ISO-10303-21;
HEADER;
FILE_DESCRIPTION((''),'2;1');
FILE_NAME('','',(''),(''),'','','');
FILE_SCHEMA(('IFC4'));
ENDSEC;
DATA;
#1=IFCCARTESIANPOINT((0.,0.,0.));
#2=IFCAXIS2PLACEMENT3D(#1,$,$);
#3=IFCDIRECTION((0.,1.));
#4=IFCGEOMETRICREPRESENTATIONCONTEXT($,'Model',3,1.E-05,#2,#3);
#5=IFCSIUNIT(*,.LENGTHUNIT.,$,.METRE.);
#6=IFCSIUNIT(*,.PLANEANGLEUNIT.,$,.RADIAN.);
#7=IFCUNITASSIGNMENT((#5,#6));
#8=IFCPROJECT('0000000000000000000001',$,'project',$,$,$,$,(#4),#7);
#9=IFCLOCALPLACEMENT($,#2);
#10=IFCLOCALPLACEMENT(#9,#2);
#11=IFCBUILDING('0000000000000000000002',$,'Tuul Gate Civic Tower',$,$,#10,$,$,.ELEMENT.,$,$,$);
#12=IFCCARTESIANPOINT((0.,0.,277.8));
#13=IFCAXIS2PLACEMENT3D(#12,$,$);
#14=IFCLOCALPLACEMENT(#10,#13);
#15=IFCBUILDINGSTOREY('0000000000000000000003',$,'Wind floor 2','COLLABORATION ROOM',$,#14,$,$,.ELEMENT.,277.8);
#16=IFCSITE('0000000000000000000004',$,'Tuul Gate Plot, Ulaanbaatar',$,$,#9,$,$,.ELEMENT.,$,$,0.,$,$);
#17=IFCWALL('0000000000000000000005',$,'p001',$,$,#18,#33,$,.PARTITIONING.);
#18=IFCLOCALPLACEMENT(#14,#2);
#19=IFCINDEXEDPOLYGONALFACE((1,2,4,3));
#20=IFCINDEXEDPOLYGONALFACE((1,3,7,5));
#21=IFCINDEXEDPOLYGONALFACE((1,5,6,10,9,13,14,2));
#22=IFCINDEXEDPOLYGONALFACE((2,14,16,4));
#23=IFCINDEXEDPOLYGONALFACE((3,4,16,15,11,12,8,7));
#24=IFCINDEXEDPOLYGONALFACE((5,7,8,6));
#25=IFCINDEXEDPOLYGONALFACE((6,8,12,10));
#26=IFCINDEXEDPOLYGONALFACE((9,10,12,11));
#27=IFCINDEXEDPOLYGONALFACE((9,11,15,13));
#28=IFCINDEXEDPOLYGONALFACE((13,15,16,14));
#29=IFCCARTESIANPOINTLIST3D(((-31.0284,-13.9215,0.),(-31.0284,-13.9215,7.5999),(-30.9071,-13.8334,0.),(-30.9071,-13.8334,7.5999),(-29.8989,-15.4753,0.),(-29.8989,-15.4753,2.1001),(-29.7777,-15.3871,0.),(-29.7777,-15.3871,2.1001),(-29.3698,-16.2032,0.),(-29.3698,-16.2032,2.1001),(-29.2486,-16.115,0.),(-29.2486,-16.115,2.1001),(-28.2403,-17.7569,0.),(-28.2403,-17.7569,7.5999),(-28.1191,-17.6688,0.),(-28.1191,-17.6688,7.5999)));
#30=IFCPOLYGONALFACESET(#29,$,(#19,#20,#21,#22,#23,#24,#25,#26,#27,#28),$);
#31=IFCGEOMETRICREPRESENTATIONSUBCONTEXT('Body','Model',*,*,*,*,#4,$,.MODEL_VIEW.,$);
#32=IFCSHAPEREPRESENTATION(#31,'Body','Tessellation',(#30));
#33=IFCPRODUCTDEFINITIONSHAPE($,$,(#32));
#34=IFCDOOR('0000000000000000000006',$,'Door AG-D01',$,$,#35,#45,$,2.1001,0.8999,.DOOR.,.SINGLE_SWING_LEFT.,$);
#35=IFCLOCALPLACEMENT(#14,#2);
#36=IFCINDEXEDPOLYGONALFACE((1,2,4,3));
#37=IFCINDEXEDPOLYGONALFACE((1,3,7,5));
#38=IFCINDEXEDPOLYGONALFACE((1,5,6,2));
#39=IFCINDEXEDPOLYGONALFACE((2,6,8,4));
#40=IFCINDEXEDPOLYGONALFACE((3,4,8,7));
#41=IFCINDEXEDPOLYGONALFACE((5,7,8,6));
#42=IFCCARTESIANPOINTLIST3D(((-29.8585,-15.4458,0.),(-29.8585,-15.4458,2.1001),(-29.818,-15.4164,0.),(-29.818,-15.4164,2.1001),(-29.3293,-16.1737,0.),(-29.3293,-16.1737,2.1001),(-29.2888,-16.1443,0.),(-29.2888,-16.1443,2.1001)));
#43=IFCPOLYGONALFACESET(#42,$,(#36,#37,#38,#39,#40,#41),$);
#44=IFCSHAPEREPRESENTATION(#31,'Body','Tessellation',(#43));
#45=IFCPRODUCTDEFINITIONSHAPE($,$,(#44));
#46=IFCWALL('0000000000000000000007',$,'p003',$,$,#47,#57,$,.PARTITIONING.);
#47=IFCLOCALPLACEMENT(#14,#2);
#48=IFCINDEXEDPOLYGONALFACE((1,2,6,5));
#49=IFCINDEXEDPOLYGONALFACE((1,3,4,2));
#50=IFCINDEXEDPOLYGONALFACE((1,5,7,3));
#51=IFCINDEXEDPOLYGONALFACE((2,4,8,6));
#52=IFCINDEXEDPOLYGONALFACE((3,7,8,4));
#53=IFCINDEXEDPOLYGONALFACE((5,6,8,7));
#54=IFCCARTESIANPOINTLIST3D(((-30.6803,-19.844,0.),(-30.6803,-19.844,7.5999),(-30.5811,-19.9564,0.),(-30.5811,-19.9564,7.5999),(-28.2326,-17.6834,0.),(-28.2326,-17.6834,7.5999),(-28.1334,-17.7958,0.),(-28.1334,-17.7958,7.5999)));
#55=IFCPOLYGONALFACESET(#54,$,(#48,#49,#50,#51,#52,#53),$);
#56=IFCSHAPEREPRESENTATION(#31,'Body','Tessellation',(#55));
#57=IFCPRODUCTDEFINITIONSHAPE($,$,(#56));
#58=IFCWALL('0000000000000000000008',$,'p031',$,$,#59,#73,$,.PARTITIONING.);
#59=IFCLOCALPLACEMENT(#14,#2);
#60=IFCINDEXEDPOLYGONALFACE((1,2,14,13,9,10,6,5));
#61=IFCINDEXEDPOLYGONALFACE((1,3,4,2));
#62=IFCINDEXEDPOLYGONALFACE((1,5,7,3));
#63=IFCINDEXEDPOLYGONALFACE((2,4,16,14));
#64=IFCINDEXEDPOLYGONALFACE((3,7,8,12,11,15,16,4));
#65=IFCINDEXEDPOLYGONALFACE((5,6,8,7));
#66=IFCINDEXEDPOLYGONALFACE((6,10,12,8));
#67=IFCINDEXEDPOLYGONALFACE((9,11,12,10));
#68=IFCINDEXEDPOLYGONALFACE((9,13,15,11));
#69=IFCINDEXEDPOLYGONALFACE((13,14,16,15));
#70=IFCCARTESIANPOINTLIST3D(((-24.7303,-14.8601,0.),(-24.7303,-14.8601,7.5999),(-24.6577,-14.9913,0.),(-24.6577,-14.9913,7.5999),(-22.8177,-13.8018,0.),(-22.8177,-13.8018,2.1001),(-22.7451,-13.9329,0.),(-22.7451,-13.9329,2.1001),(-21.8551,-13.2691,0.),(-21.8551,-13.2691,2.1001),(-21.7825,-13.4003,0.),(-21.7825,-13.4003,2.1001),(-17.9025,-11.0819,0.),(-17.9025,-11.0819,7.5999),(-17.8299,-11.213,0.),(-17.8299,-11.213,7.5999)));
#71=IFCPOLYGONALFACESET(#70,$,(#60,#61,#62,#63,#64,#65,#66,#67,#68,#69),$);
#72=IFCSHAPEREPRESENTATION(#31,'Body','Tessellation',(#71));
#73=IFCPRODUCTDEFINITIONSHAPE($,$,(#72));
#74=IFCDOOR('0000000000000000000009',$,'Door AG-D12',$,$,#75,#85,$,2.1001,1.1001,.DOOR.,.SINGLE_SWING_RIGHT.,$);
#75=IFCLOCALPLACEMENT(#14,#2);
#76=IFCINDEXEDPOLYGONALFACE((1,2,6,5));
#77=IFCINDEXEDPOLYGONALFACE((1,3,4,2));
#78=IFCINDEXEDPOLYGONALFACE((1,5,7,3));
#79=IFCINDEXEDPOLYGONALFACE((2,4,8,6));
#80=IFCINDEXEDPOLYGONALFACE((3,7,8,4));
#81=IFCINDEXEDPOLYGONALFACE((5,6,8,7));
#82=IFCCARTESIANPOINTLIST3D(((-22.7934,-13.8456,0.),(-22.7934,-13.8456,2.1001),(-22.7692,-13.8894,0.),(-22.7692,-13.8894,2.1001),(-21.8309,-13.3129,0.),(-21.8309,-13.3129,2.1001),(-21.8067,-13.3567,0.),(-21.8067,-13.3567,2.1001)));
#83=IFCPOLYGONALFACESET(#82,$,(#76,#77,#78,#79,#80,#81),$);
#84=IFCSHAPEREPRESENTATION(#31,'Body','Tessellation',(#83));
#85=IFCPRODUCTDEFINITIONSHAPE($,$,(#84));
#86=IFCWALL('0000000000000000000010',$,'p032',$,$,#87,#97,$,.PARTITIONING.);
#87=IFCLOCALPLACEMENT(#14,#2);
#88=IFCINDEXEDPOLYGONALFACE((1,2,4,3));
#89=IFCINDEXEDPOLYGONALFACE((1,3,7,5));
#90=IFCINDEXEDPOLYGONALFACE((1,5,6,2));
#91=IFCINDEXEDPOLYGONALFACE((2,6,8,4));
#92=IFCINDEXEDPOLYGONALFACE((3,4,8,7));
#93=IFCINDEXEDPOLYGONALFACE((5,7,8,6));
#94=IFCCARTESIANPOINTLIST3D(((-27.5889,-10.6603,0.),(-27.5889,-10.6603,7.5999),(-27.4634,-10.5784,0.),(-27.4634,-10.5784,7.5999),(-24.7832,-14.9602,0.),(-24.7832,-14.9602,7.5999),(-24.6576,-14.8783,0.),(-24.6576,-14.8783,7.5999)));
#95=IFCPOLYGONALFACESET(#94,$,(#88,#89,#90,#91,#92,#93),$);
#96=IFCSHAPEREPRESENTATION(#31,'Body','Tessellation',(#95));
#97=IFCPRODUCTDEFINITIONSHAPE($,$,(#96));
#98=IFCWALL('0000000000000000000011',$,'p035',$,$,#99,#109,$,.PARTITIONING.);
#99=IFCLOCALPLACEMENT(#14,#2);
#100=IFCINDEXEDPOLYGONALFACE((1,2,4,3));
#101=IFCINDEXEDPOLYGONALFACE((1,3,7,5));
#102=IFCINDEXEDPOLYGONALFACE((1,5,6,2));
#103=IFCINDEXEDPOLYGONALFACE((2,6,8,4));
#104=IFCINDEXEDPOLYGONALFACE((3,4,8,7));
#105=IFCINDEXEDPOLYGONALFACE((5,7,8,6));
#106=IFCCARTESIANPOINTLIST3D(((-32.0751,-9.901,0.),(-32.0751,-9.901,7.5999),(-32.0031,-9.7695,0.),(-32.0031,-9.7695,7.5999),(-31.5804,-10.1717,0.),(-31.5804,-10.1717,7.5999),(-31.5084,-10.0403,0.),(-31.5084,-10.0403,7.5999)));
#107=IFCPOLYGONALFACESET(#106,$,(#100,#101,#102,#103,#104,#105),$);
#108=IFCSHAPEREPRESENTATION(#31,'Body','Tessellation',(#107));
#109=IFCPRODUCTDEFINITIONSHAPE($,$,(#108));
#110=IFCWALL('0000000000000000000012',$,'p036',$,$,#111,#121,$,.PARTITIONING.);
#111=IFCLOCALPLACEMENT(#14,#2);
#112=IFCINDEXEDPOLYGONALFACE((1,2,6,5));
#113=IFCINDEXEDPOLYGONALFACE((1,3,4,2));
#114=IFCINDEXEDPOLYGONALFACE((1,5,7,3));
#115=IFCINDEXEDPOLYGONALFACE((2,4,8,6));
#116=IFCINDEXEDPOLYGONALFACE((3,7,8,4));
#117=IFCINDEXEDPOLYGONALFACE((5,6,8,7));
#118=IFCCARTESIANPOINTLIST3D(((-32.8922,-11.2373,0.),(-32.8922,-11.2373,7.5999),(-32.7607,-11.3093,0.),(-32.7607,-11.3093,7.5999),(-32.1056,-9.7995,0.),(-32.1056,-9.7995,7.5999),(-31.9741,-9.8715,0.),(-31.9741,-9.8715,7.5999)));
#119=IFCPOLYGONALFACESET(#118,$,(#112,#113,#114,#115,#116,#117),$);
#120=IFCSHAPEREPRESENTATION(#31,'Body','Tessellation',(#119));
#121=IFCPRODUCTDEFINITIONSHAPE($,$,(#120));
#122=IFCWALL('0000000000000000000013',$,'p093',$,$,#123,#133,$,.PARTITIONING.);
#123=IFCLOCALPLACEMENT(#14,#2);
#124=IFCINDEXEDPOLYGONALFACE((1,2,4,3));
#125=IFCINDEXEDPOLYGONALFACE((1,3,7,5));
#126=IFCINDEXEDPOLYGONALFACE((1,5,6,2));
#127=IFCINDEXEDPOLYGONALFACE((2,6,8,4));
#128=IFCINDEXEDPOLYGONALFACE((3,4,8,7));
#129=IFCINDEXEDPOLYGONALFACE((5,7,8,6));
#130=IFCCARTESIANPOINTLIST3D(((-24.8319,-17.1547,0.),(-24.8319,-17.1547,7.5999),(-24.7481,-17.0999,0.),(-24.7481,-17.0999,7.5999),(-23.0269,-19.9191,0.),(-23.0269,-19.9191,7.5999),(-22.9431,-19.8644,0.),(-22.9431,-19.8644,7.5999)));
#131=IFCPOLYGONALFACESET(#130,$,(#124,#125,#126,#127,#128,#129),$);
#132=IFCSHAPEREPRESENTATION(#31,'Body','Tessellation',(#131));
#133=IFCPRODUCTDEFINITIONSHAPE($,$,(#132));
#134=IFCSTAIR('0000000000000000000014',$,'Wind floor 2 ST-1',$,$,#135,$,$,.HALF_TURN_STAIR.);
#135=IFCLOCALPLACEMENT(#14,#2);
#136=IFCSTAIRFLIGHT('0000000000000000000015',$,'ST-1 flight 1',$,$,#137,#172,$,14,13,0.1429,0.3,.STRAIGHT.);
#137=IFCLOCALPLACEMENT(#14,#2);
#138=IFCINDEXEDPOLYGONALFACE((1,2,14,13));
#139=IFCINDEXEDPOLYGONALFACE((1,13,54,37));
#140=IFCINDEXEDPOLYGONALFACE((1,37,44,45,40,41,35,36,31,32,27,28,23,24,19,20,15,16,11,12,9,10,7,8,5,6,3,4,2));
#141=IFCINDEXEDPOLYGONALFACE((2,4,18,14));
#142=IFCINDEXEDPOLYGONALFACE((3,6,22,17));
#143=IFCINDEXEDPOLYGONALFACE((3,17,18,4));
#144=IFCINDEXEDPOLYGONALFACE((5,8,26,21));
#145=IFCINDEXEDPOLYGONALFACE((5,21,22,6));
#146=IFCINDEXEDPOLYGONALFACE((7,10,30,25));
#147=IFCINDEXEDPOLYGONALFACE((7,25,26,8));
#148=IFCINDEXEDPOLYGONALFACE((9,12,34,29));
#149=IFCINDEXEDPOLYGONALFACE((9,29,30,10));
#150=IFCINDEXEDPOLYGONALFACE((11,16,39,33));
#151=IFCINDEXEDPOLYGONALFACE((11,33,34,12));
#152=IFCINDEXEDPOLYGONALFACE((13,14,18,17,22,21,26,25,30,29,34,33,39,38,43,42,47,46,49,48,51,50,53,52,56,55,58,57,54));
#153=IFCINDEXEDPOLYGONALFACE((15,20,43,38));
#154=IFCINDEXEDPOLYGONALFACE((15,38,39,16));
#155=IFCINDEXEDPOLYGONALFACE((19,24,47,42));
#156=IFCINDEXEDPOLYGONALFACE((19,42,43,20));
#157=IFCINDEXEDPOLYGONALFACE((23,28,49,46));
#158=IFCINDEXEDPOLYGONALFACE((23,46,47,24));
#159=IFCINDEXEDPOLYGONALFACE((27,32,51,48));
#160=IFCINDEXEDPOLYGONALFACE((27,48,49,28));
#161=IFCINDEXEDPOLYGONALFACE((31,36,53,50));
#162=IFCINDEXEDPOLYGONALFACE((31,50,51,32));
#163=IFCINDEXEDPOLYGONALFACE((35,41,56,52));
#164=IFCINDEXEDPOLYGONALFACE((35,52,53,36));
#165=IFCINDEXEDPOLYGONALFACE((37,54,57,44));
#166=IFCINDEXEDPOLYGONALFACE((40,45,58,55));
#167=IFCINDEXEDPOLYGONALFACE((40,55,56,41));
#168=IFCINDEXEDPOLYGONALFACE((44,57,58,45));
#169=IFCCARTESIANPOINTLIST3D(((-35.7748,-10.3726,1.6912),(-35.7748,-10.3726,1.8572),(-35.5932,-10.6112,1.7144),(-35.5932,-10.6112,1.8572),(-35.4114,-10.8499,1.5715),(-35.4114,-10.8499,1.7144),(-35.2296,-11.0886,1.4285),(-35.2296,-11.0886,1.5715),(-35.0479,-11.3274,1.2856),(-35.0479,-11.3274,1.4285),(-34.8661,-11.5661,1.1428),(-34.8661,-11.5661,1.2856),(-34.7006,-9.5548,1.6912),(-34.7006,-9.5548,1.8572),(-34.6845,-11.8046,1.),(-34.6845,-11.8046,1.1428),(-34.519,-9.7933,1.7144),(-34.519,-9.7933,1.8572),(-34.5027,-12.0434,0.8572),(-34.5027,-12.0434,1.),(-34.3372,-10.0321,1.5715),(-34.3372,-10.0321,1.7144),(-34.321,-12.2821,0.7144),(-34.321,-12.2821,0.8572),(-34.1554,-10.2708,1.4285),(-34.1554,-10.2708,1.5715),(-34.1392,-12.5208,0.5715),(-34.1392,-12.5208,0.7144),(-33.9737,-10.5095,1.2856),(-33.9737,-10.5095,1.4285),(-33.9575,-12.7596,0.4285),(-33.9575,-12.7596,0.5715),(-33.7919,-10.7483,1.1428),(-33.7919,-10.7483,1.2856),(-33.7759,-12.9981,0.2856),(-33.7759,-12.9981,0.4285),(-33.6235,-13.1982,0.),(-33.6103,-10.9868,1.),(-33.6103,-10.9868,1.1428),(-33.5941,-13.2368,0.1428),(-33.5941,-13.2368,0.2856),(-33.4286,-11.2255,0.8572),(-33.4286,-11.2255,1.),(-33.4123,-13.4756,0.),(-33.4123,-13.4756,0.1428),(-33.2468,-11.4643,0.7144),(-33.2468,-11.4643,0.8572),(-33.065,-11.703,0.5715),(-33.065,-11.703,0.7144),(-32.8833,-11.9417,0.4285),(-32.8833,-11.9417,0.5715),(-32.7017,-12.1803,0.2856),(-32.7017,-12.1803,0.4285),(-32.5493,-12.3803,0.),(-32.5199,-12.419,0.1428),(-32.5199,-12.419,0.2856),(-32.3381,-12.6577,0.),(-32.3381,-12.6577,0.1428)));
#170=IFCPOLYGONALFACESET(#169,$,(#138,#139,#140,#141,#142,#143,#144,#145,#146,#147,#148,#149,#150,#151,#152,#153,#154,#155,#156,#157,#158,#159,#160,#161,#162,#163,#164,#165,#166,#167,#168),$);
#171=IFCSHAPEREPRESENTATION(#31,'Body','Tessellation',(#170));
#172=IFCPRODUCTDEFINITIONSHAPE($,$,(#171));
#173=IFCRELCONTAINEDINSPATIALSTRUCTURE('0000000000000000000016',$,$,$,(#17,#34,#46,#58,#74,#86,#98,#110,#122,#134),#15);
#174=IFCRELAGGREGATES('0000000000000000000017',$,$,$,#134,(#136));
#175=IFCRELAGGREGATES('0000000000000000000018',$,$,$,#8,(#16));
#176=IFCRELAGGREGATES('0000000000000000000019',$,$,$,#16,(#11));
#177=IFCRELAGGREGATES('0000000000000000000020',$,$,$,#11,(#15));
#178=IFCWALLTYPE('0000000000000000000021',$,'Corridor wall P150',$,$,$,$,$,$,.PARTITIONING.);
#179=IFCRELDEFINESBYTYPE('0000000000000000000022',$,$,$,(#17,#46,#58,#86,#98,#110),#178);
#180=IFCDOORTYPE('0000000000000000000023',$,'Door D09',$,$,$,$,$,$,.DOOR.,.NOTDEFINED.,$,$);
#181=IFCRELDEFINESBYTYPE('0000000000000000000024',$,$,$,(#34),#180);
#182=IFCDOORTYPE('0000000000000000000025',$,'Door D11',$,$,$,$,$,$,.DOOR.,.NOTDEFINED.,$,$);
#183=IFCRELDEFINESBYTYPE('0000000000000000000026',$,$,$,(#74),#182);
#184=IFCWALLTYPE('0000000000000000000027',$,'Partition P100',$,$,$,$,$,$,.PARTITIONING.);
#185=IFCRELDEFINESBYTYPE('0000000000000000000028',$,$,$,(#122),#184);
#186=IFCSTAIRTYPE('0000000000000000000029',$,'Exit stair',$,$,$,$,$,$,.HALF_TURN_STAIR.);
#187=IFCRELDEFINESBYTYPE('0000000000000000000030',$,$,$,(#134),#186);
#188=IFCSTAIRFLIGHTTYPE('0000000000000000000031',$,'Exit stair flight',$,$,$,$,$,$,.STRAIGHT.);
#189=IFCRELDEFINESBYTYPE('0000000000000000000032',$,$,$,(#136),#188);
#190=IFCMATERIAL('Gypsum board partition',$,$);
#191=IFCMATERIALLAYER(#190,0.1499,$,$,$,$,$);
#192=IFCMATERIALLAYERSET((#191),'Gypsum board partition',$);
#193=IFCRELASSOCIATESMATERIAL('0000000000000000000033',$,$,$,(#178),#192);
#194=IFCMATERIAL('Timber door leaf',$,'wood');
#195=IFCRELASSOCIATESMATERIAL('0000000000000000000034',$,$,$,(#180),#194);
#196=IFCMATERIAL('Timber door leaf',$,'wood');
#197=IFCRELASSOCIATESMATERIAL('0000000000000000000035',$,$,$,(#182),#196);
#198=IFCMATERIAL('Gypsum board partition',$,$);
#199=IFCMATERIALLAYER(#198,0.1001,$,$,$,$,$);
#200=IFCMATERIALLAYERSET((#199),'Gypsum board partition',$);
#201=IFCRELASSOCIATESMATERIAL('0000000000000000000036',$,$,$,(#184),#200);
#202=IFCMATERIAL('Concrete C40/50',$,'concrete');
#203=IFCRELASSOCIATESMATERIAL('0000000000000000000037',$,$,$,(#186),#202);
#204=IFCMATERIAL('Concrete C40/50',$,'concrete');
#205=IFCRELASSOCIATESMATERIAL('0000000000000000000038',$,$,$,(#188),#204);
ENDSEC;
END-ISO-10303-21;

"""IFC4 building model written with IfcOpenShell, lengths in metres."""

from ifc_helpers import new_model, si_unit, direction, frame, frame_2d, origin, place, context, subcontext, project, spatial, polyline, rectangle, outline, extrude, material, layer, layer_set, type_object, element, fill, aggregate, save


model = new_model("IFC4")

# Units and contexts
model_context = context("Model", 3, precision=1e-05, world=origin(), true_north=direction((0.0, 1.0)))
body_context = subcontext(model_context, "Body", "Model", "MODEL_VIEW")
ifc_project = project(units=[si_unit("LENGTHUNIT", "METRE"), si_unit("PLANEANGLEUNIT", "RADIAN")], contexts=[model_context])

# Site, building, storey
site_placement = place(None, origin())
site = spatial("IfcSite", under=ifc_project, at=site_placement, Name="Tuul Gate Plot, Ulaanbaatar", CompositionType="ELEMENT", RefElevation=0.0)
building_placement = place(site_placement, origin())
building = spatial("IfcBuilding", under=site, at=building_placement, Name="Tuul Gate Civic Tower", CompositionType="ELEMENT")
storey_placement = place(building_placement, frame((0.0, 0.0, 277.8)))
storey = spatial("IfcBuildingStorey", under=building, at=storey_placement, Name="Wind floor 2", Description="COLLABORATION ROOM", CompositionType="ELEMENT", Elevation=277.8)

# Wall, opening, door
ifc_material_1 = material(Name="Gypsum board partition")
ifc_layer_1 = layer(ifc_material_1, 0.1499)
ifc_layer_set_1 = layer_set([ifc_layer_1], Name="Gypsum board partition")
wall_type_1 = type_object("IfcWallType", Name="Corridor wall P150", PredefinedType="PARTITIONING", material=ifc_layer_set_1)
wall_1_placement = place(storey_placement, frame((-30.9678, -13.8774, 0.0), z_axis=(0.0, 0.0, 1.0), x_axis=(0.587988, -0.80887, 0.0)))
wall_1 = element("IfcWall", 1, at=wall_1_placement, inside=storey, type_object=wall_type_1, Name="p001", PredefinedType="PARTITIONING", context=body_context, shape_type="SweptSolid", body=[
    extrude(rectangle(XDim=4.7417, YDim=0.1499, at=frame_2d((2.3708, 0.0))), origin(), (0.0, 0.0, 1.0), 7.5999),
])
opening_1_placement = place(wall_1_placement, frame((1.9209, 0.0, 0.0)))
opening_1 = element("IfcOpeningElement", 2, at=opening_1_placement, cuts=wall_1, PredefinedType="OPENING", context=body_context, shape_type="SweptSolid", body=[
    extrude(rectangle(XDim=0.8999, YDim=2.1001, at=frame_2d((0.45, 1.05))), frame((0.0, 0.085, 0.0), z_axis=(0.0, -1.0, 0.0), x_axis=(1.0, 0.0, 0.0)), (0.0, 0.0, 1.0), 0.1699),
])
ifc_material_2 = material(Name="Timber door leaf", Category="wood")
door_type_1 = type_object("IfcDoorType", Name="Door D09", OperationType="NOTDEFINED", PredefinedType="DOOR", material=ifc_material_2)
door_1_placement = place(opening_1_placement, frame((0.8999, 0.0, 0.0), z_axis=(0.0, 0.0, 1.0), x_axis=(-1.0, 0.0, 0.0)))
door_1 = element("IfcDoor", 3, at=door_1_placement, inside=storey, type_object=door_type_1, Name="Door AG-D01", OperationType="SINGLE_SWING_LEFT", OverallHeight=2.1001, OverallWidth=0.8999, PredefinedType="DOOR", context=body_context, shape_type="SweptSolid", body=[
    extrude(rectangle(XDim=0.8999, YDim=2.1001, at=frame_2d((0.45, 1.05))), frame((0.0, 0.0249, 0.0), z_axis=(0.0, -1.0, 0.0), x_axis=(1.0, 0.0, 0.0)), (0.0, 0.0, 1.0), 0.05),
])
fill(opening_1, door_1)

# Wall
wall_2_placement = place(storey_placement, frame((-30.6306, -19.9001, 0.0), z_axis=(0.0, 0.0, 1.0), x_axis=(0.749707, 0.66177, 0.0)))
element("IfcWall", 4, at=wall_2_placement, inside=storey, type_object=wall_type_1, Name="p003", PredefinedType="PARTITIONING", context=body_context, shape_type="SweptSolid", body=[
    extrude(rectangle(XDim=3.2649, YDim=0.1499, at=frame_2d((1.6323, 0.0))), origin(), (0.0, 0.0, 1.0), 7.5999),
])

# Wall, opening, door
wall_3_placement = place(storey_placement, frame((-24.6941, -14.9258, 0.0), z_axis=(0.0, 0.0, 1.0), x_axis=(0.874969, 0.484179, 0.0)))
wall_3 = element("IfcWall", 5, at=wall_3_placement, inside=storey, type_object=wall_type_1, Name="p031", PredefinedType="PARTITIONING", context=body_context, shape_type="SweptSolid", body=[
    extrude(rectangle(XDim=7.8035, YDim=0.1499, at=frame_2d((3.9019, 0.0))), origin(), (0.0, 0.0, 1.0), 7.5999),
])
opening_2_placement = place(wall_3_placement, frame((2.186, 0.0, 0.0)))
opening_2 = element("IfcOpeningElement", 6, at=opening_2_placement, cuts=wall_3, PredefinedType="OPENING", context=body_context, shape_type="SweptSolid", body=[
    extrude(rectangle(XDim=1.1001, YDim=2.1001, at=frame_2d((0.55, 1.05))), frame((0.0, 0.085, 0.0), z_axis=(0.0, -1.0, 0.0), x_axis=(1.0, 0.0, 0.0)), (0.0, 0.0, 1.0), 0.1699),
])
ifc_material_3 = material(Name="Timber door leaf", Category="wood")
door_type_2 = type_object("IfcDoorType", Name="Door D11", OperationType="NOTDEFINED", PredefinedType="DOOR", material=ifc_material_3)
door_2_placement = place(opening_2_placement, origin())
door_2 = element("IfcDoor", 7, at=door_2_placement, inside=storey, type_object=door_type_2, Name="Door AG-D12", OperationType="SINGLE_SWING_RIGHT", OverallHeight=2.1001, OverallWidth=1.1001, PredefinedType="DOOR", context=body_context, shape_type="SweptSolid", body=[
    extrude(rectangle(XDim=1.1001, YDim=2.1001, at=frame_2d((0.55, 1.05))), frame((0.0, 0.0249, 0.0), z_axis=(0.0, -1.0, 0.0), x_axis=(1.0, 0.0, 0.0)), (0.0, 0.0, 1.0), 0.05),
])
fill(opening_2, door_2)

# Walls
wall_4_placement = place(storey_placement, frame((-27.5261, -10.6194, 0.0), z_axis=(0.0, 0.0, 1.0), x_axis=(0.546465, -0.837482, 0.0)))
element("IfcWall", 8, at=wall_4_placement, inside=storey, type_object=wall_type_1, Name="p032", PredefinedType="PARTITIONING", context=body_context, shape_type="SweptSolid", body=[
    extrude(rectangle(XDim=5.1343, YDim=0.1499, at=frame_2d((2.5671, 0.0))), origin(), (0.0, 0.0, 1.0), 7.5999),
])
wall_5_placement = place(storey_placement, frame((-32.0391, -9.8352, 0.0), z_axis=(0.0, 0.0, 1.0), x_axis=(0.877183, -0.480156, 0.0)))
element("IfcWall", 9, at=wall_5_placement, inside=storey, type_object=wall_type_1, Name="p035", PredefinedType="PARTITIONING", context=body_context, shape_type="SweptSolid", body=[
    extrude(rectangle(XDim=0.564, YDim=0.1499, at=frame_2d((0.282, 0.0))), origin(), (0.0, 0.0, 1.0), 7.5999),
])
wall_6_placement = place(storey_placement, frame((-32.8264, -11.2732, 0.0), z_axis=(0.0, 0.0, 1.0), x_axis=(0.479979, 0.87728, 0.0)))
element("IfcWall", 10, at=wall_6_placement, inside=storey, type_object=wall_type_1, Name="p036", PredefinedType="PARTITIONING", context=body_context, shape_type="SweptSolid", body=[
    extrude(rectangle(XDim=1.6389, YDim=0.1499, at=frame_2d((0.8193, 0.0))), origin(), (0.0, 0.0, 1.0), 7.5999),
])
ifc_material_4 = material(Name="Gypsum board partition")
ifc_layer_2 = layer(ifc_material_4, 0.1001)
ifc_layer_set_2 = layer_set([ifc_layer_2], Name="Gypsum board partition")
wall_type_2 = type_object("IfcWallType", Name="Partition P100", PredefinedType="PARTITIONING", material=ifc_layer_set_2)
wall_7_placement = place(storey_placement, frame((-24.79, -17.1272, 0.0), z_axis=(0.0, 0.0, 1.0), x_axis=(0.546705, -0.837325, 0.0)))
element("IfcWall", 11, at=wall_7_placement, inside=storey, type_object=wall_type_2, Name="p093", PredefinedType="PARTITIONING", context=body_context, shape_type="SweptSolid", body=[
    extrude(rectangle(XDim=3.3015, YDim=0.1001, at=frame_2d((1.6509, 0.0))), origin(), (0.0, 0.0, 1.0), 7.5999),
])

# Stair, stair flight
ifc_material_5 = material(Name="Concrete C40/50", Category="concrete")
stair_type = type_object("IfcStairType", Name="Exit stair", PredefinedType="HALF_TURN_STAIR", material=ifc_material_5)
stair_placement = place(storey_placement, origin())
stair = element("IfcStair", 12, at=stair_placement, inside=storey, type_object=stair_type, Name="Wind floor 2 ST-1", PredefinedType="HALF_TURN_STAIR")
ifc_material_6 = material(Name="Concrete C40/50", Category="concrete")
stair_flight_type = type_object("IfcStairFlightType", Name="Exit stair flight", PredefinedType="STRAIGHT", material=ifc_material_6)
stair_flight_1_placement = place(storey_placement, frame((-32.8752, -13.0667, 0.0), z_axis=(0.0, 0.0, 1.0), x_axis=(-0.605764, 0.795644, 0.0)))
stair_flight_1 = element("IfcStairFlight", 13, at=stair_flight_1_placement, type_object=stair_flight_type, Name="ST-1 flight 1", NumberOfRisers=14, NumberOfTreads=13, PredefinedType="STRAIGHT", RiserHeight=0.1429, TreadLength=0.3, context=body_context, shape_type="SweptSolid", body=[
    extrude(outline(polyline([(0.0, 0.0), (0.0, 0.1428), (0.3, 0.1428), (0.3, 0.2856), (0.6001, 0.2856), (0.6001, 0.4285), (0.8999, 0.4285), (0.8999, 0.5715), (1.2, 0.5715), (1.2, 0.7144), (1.5, 0.7144), (1.5, 0.8572), (1.8, 0.8572), (1.8, 1.0), (2.1001, 1.0), (2.1001, 1.1428), (2.3999, 1.1428), (2.3999, 1.2856), (2.7, 1.2856), (2.7, 1.4285), (3.0, 1.4285), (3.0, 1.5715), (3.3, 1.5715), (3.3, 1.7144), (3.6001, 1.7144), (3.6001, 1.8572), (3.8999, 1.8572), (3.8999, 2.0), (3.8999, 1.6912), (0.3486, 0.0), (0.0, 0.0)])), frame((0.0, 0.675, 0.0), z_axis=(0.0, -1.0, 0.0), x_axis=(1.0, 0.0, 0.0)), (0.0, 0.0, 1.0), 1.3501),
])
aggregate(stair, [stair_flight_1])

save(model, "model.ifc")
